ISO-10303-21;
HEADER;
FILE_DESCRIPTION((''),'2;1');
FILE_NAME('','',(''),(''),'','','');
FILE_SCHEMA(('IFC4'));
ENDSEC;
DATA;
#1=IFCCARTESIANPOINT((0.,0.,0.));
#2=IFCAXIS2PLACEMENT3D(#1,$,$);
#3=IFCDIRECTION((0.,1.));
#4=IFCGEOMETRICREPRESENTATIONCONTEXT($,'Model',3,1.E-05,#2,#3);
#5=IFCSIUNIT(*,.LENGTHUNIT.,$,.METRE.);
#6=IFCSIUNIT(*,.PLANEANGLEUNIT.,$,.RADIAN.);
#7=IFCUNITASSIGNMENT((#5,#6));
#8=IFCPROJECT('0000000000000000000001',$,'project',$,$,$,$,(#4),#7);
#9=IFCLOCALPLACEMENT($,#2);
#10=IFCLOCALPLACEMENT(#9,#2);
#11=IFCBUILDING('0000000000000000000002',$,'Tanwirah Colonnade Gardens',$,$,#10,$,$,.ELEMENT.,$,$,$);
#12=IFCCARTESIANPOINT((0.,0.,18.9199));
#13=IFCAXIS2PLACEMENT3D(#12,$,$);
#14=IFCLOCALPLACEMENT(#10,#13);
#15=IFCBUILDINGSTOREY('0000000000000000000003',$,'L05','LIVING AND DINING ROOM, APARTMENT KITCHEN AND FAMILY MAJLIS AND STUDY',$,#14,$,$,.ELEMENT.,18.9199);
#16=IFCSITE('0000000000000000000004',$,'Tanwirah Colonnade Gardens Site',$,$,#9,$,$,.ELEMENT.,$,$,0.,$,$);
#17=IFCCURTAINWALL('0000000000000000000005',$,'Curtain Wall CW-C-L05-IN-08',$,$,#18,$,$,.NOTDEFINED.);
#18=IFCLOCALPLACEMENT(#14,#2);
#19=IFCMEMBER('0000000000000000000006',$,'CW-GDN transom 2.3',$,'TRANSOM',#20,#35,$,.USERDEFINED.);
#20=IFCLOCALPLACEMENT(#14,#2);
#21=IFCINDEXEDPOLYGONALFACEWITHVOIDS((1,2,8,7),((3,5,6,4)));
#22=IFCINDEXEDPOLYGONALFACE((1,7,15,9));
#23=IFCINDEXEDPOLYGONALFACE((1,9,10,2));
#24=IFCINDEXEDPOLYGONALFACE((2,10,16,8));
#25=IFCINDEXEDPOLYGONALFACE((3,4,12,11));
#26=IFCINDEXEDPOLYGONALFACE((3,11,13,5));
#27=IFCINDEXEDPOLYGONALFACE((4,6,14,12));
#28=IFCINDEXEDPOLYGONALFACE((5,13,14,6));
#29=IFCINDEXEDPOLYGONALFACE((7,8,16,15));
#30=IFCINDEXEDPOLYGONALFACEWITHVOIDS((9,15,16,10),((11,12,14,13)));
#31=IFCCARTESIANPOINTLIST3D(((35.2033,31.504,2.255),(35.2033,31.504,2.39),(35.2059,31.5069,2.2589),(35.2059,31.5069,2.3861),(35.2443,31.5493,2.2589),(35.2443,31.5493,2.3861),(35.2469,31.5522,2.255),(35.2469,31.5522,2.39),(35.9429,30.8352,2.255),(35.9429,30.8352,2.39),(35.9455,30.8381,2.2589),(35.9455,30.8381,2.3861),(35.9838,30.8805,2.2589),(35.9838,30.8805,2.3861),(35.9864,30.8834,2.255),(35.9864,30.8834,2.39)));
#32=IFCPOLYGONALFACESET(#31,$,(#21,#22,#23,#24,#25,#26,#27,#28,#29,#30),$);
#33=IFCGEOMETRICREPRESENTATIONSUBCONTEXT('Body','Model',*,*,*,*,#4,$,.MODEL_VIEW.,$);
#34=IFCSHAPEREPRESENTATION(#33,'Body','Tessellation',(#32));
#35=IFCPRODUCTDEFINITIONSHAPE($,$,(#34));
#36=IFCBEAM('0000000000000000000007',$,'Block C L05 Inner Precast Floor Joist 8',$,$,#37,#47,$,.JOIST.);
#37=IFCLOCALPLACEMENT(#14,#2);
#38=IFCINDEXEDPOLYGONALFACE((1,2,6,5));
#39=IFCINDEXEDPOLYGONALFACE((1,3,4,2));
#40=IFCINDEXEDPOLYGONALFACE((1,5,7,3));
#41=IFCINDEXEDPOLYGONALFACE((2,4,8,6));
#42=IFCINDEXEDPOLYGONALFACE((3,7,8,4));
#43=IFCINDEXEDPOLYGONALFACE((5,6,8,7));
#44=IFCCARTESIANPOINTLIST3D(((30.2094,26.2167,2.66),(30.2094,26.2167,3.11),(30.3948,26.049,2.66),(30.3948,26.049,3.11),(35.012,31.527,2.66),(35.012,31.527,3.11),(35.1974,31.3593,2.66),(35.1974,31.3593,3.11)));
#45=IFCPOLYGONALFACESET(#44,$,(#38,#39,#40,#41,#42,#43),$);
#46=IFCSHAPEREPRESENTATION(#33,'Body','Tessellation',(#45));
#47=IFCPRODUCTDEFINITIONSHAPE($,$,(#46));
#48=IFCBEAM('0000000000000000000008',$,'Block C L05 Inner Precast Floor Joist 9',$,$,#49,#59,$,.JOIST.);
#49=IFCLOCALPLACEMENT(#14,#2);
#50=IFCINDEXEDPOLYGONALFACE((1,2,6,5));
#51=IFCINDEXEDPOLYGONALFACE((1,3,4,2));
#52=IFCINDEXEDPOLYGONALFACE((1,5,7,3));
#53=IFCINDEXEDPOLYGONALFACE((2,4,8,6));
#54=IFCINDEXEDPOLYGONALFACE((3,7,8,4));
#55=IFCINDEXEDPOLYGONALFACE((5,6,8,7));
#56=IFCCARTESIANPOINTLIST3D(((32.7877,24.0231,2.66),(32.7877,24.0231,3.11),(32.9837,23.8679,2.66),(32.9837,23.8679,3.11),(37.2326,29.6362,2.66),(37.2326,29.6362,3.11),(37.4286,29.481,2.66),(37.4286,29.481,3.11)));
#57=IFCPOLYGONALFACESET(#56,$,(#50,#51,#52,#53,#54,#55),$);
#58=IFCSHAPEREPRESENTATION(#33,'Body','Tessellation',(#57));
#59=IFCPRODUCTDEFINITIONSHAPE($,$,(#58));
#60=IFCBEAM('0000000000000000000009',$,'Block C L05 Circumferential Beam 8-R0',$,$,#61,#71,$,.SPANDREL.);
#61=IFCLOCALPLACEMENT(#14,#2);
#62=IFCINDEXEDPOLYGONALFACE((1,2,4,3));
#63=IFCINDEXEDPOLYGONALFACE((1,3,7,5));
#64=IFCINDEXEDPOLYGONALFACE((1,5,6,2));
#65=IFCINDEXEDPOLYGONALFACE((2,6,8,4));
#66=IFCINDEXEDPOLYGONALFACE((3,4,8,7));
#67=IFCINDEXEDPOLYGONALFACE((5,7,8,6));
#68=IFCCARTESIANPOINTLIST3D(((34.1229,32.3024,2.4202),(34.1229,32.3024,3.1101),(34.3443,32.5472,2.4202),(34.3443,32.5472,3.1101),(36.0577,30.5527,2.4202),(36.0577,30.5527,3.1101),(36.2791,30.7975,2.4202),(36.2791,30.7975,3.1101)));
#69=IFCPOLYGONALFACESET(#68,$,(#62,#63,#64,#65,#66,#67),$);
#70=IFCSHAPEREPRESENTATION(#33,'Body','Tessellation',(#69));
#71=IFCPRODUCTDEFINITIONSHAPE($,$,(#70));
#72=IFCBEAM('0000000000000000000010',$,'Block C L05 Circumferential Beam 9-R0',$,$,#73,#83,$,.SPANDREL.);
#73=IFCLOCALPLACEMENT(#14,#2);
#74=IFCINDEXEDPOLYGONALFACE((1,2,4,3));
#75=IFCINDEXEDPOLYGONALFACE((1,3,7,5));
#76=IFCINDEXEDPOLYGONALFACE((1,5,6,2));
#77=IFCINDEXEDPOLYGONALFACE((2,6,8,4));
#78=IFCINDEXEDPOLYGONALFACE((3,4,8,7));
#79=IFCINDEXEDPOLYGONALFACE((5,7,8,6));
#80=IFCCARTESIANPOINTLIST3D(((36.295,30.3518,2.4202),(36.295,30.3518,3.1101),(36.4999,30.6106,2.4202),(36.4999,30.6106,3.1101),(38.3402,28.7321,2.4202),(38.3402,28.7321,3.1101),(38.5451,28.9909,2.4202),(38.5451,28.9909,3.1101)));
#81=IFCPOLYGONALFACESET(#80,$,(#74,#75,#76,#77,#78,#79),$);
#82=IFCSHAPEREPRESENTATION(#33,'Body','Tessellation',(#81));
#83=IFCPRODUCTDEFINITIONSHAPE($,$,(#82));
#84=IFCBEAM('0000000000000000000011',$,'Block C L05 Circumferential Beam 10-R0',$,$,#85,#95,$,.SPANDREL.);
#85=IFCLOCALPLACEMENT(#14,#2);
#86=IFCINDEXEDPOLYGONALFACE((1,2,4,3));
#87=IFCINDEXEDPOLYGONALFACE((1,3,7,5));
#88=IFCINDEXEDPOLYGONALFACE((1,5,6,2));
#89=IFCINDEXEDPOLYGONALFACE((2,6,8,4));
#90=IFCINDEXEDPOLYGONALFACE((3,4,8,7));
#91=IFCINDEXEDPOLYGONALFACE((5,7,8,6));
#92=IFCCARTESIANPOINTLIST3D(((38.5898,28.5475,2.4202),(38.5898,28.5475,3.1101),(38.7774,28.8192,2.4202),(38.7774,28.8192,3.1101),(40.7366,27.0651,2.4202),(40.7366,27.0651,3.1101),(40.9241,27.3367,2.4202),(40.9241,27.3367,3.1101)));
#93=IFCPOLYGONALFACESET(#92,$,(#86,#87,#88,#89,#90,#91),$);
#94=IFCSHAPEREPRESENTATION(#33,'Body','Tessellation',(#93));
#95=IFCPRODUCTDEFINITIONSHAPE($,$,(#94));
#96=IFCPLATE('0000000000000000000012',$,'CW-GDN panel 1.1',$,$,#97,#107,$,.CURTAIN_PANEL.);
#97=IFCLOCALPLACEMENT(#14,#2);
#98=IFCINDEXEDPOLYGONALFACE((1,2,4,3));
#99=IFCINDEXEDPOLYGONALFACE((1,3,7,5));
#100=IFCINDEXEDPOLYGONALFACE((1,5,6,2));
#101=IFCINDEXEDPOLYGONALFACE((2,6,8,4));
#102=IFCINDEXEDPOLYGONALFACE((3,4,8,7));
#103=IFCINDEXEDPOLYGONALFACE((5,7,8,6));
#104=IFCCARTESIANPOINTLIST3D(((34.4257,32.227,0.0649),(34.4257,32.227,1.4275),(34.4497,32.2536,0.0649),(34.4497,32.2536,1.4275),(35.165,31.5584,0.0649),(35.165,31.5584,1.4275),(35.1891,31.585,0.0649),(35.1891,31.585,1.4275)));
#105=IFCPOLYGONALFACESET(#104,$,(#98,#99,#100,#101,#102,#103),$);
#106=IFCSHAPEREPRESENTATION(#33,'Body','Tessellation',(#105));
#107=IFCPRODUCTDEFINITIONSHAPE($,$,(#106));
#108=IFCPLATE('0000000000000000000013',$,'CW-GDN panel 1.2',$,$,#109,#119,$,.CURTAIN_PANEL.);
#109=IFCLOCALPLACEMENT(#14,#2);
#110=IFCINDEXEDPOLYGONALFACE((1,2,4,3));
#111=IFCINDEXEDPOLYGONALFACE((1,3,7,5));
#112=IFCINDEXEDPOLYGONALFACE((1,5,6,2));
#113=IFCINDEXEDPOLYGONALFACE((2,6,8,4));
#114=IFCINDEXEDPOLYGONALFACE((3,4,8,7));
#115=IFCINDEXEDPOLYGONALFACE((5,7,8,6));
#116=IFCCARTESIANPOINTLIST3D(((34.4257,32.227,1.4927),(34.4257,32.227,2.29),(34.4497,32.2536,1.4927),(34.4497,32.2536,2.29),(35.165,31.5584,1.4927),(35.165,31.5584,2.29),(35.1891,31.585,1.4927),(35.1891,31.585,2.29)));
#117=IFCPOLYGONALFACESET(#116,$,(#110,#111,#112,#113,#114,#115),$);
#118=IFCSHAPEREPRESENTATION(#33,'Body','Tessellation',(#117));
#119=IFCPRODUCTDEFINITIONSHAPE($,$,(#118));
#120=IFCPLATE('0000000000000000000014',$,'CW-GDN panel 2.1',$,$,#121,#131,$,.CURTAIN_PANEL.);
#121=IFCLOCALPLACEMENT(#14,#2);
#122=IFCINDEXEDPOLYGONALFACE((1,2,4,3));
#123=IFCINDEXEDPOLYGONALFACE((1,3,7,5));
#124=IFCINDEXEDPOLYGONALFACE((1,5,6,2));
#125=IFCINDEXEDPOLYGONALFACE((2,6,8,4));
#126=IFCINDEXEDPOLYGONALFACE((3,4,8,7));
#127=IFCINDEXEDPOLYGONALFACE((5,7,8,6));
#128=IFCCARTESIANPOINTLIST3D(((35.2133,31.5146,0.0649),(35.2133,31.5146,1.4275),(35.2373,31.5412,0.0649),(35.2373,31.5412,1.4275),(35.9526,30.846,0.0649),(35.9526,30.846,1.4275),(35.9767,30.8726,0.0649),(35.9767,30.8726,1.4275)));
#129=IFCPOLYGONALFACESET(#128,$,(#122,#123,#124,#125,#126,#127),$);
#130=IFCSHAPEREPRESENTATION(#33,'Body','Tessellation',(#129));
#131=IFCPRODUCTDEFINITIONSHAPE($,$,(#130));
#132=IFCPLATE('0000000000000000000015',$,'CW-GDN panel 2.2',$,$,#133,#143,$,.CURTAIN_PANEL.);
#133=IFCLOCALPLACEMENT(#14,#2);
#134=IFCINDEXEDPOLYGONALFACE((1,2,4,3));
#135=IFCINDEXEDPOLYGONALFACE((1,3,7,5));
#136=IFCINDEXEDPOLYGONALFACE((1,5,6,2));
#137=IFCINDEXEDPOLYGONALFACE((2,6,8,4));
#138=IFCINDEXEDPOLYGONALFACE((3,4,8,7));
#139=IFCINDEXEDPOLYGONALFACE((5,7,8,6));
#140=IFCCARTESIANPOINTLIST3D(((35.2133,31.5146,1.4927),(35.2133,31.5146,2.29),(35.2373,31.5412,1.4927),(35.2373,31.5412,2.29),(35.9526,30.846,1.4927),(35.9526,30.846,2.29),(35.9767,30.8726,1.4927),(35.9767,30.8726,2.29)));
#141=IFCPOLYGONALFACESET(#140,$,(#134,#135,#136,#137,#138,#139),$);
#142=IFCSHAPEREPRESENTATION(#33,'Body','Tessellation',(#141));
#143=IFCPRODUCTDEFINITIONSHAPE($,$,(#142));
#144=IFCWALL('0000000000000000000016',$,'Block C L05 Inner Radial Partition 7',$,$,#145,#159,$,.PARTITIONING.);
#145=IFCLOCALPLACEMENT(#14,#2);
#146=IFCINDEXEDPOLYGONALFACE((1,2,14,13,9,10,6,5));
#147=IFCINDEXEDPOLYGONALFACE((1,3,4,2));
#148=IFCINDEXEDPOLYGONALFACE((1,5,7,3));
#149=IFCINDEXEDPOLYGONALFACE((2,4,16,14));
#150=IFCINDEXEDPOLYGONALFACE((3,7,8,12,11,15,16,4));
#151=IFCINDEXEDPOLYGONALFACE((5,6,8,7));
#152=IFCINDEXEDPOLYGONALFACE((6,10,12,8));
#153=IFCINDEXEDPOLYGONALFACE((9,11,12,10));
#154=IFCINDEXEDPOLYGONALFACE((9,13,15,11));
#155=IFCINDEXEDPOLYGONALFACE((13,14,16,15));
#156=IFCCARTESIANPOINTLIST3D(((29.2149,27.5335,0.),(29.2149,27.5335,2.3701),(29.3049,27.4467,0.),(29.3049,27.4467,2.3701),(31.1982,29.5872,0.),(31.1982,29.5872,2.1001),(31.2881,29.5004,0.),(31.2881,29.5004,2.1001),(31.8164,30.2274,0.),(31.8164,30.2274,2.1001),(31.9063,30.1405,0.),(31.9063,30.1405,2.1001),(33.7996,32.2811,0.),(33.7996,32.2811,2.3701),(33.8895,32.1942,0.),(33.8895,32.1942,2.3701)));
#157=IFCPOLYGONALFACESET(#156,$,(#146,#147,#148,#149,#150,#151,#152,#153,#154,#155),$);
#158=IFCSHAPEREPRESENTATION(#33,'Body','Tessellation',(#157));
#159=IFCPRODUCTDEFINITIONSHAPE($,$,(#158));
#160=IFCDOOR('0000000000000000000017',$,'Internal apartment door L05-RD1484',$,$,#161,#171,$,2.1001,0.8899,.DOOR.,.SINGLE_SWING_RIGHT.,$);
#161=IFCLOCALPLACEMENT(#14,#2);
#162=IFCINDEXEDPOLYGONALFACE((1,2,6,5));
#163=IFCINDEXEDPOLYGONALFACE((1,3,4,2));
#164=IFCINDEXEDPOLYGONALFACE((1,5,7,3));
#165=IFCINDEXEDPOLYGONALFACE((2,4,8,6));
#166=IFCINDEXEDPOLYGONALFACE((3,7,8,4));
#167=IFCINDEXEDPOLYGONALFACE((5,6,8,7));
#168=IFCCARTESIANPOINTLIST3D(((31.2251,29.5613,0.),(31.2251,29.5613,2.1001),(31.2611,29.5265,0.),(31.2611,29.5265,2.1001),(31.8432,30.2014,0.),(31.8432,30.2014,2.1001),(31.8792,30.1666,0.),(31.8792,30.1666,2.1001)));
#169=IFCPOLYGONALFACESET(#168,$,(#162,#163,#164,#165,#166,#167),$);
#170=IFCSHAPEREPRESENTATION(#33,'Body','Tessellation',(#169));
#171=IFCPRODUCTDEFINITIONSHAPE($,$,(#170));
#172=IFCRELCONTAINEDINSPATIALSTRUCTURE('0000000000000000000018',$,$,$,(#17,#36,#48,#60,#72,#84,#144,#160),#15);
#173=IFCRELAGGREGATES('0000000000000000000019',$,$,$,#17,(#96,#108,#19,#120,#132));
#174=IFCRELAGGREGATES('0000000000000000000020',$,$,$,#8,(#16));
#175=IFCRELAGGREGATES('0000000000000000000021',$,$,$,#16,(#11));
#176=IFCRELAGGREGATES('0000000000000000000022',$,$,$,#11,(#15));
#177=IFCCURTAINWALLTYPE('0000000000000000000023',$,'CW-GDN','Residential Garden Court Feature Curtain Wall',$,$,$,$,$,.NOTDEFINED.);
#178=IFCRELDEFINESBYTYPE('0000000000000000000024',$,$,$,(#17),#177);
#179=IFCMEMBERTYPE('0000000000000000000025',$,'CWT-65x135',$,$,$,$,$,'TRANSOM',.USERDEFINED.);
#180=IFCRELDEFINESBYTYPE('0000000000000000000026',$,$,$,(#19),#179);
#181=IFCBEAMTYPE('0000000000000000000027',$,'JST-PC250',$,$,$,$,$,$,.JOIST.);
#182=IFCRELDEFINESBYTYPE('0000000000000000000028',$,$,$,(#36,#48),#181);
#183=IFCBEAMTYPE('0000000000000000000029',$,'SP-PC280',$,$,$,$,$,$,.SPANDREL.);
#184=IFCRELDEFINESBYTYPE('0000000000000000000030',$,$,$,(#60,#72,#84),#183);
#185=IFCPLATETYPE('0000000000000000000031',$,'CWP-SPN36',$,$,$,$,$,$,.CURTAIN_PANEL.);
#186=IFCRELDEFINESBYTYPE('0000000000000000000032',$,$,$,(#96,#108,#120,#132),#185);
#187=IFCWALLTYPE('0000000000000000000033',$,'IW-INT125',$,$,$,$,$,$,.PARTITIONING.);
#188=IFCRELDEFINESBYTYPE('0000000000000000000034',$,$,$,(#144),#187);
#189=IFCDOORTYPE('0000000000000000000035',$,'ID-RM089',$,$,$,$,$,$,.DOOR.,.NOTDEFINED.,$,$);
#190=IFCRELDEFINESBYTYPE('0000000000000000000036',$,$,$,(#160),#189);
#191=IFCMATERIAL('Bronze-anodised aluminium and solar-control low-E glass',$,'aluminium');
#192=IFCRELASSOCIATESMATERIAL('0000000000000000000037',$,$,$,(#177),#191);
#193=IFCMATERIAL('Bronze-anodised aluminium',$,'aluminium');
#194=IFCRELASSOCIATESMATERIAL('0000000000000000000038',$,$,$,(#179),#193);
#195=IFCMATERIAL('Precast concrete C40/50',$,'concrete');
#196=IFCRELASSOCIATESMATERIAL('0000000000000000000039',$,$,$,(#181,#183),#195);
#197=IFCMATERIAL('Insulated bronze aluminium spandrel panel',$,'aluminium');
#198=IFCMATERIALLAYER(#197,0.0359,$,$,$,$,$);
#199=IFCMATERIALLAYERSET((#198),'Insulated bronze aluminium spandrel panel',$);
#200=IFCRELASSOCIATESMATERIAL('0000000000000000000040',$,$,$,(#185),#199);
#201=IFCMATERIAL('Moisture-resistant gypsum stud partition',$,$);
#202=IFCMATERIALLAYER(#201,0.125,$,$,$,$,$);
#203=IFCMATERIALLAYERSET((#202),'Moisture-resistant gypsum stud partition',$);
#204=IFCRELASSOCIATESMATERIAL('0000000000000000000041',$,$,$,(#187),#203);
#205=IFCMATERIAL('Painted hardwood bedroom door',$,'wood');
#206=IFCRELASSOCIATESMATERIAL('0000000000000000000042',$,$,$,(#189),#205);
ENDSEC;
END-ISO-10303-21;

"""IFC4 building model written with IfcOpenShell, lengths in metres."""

from ifc_helpers import new_model, si_unit, direction, frame, frame_2d, origin, origin_2d, place, context, subcontext, project, spatial, rectangle, hollow_rectangle, extrude, material, layer, layer_set, material_profile, profile_set, type_object, element, fill, aggregate, save


model = new_model("IFC4")

# Units and contexts
model_context = context("Model", 3, precision=1e-05, world=origin(), true_north=direction((0.0, 1.0)))
body_context = subcontext(model_context, "Body", "Model", "MODEL_VIEW")
ifc_project = project(units=[si_unit("LENGTHUNIT", "METRE"), si_unit("PLANEANGLEUNIT", "RADIAN")], contexts=[model_context])

# Site, building, storey
site_placement = place(None, origin())
site = spatial("IfcSite", under=ifc_project, at=site_placement, Name="Tanwirah Colonnade Gardens Site", CompositionType="ELEMENT", RefElevation=0.0)
building_placement = place(site_placement, origin())
building = spatial("IfcBuilding", under=site, at=building_placement, Name="Tanwirah Colonnade Gardens", CompositionType="ELEMENT")
storey_placement = place(building_placement, frame((0.0, 0.0, 18.9199)))
storey = spatial("IfcBuildingStorey", under=building, at=storey_placement, Name="L05", Description="LIVING AND DINING ROOM, APARTMENT KITCHEN AND FAMILY MAJLIS AND STUDY", CompositionType="ELEMENT", Elevation=18.9199)

# Shared definitions
ifc_material_1 = material(Name="Precast concrete C40/50", Category="concrete")

# Curtain wall, member
ifc_material_2 = material(Name="Bronze-anodised aluminium and solar-control low-E glass", Category="aluminium")
curtain_wall_type = type_object("IfcCurtainWallType", Name="CW-GDN", Description="Residential Garden Court Feature Curtain Wall", PredefinedType="NOTDEFINED", material=ifc_material_2)
curtain_wall_placement = place(storey_placement, origin())
curtain_wall = element("IfcCurtainWall", 1, at=curtain_wall_placement, inside=storey, type_object=curtain_wall_type, Name="Curtain Wall CW-C-L05-IN-08", PredefinedType="NOTDEFINED")
ifc_material_3 = material(Name="Bronze-anodised aluminium", Category="aluminium")
ifc_material_profile_1 = material_profile(ifc_material_3, hollow_rectangle(XDim=0.0649, YDim=0.135, WallThickness=0.0039, at=origin_2d()), Name="CW-TRN 65x135x4")
ifc_profile_set_1 = profile_set([ifc_material_profile_1], Name="Bronze-anodised aluminium")
member_type_1 = type_object("IfcMemberType", Name="CWT-65x135", ElementType="TRANSOM", PredefinedType="USERDEFINED", material=ifc_profile_set_1)
member_1_placement = place(storey_placement, frame((35.2251, 31.5281, 2.3225), z_axis=(0.741721, -0.670708, 0.0), x_axis=(0.670708, 0.741721, 0.0)))
member_1 = element("IfcMember", 2, at=member_1_placement, type_object=member_type_1, Name="CW-GDN transom 2.3", ObjectType="TRANSOM", PredefinedType="USERDEFINED", context=body_context, shape_type="SweptSolid", body=[
    extrude(hollow_rectangle(XDim=0.0649, YDim=0.135, WallThickness=0.0039, at=origin_2d()), origin(), (0.0, 0.0, 1.0), 0.9971),
])

# Beams
ifc_material_profile_2 = material_profile(ifc_material_1, rectangle(XDim=0.25, YDim=0.45, at=origin_2d()), Name="PC-JST 250x450")
ifc_profile_set_2 = profile_set([ifc_material_profile_2], Name="Precast concrete C40/50")
beam_type_1 = type_object("IfcBeamType", Name="JST-PC250", PredefinedType="JOIST", material=ifc_profile_set_2)
for number, where, z_axis, x_axis, name in (
    (3, (35.1047, 31.4431, 2.885), (-0.670773, -0.741663, 0.0), (0.741663, -0.670773, 0.0), "Block C L05 Inner Precast Floor Joist 8"),
    (4, (37.3306, 29.5586, 2.885), (-0.620803, -0.783966, 0.0), (0.783966, -0.620803, 0.0), "Block C L05 Inner Precast Floor Joist 9"),
):
    element("IfcBeam", number, at=place(storey_placement, frame(where, z_axis=z_axis, x_axis=x_axis)), inside=storey, type_object=beam_type_1, Name=name, PredefinedType="JOIST", context=body_context, shape_type="SweptSolid", body=[
        extrude(rectangle(XDim=0.25, YDim=0.45, at=origin_2d()), origin(), (0.0, 0.0, 1.0), 7.1599),
    ])
ifc_material_profile_3 = material_profile(ifc_material_1, rectangle(XDim=0.3301, YDim=0.6899, at=origin_2d()), Name="PC-SP 330x690")
ifc_profile_set_3 = profile_set([ifc_material_profile_3], Name="Precast concrete C40/50")
beam_type_2 = type_object("IfcBeamType", Name="SP-PC280", PredefinedType="SPANDREL", material=ifc_profile_set_3)
beam_placement = place(storey_placement, frame((34.2336, 32.4248, 2.7651), z_axis=(0.741687, -0.670747, 0.0), x_axis=(0.670747, 0.741687, 0.0)))
element("IfcBeam", 5, at=beam_placement, inside=storey, type_object=beam_type_2, Name="Block C L05 Circumferential Beam 8-R0", PredefinedType="SPANDREL", context=body_context, shape_type="SweptSolid", body=[
    extrude(rectangle(XDim=0.3301, YDim=0.6899, at=origin_2d()), origin(), (0.0, 0.0, 1.0), 2.6086),
])
for number, where, z_axis, x_axis, name in (
    (6, (36.3975, 30.4812, 2.7651), (0.783945, -0.62083, 0.0), (0.62083, 0.783945, 0.0), "Block C L05 Circumferential Beam 9-R0"),
    (7, (38.6836, 28.6833, 2.7651), (0.822869, -0.568231, 0.0), (0.568231, 0.822869, 0.0), "Block C L05 Circumferential Beam 10-R0"),
):
    element("IfcBeam", number, at=place(storey_placement, frame(where, z_axis=z_axis, x_axis=x_axis)), inside=storey, type_object=beam_type_2, Name=name, PredefinedType="SPANDREL", context=body_context, shape_type="SweptSolid", body=[
        extrude(rectangle(XDim=0.3301, YDim=0.6899, at=origin_2d()), origin(), (0.0, 0.0, 1.0), 2.6089),
    ])

# Plates
ifc_material_4 = material(Name="Insulated bronze aluminium spandrel panel", Category="aluminium")
ifc_layer_1 = layer(ifc_material_4, 0.0359)
ifc_layer_set_1 = layer_set([ifc_layer_1], Name="Insulated bronze aluminium spandrel panel")
plate_type = type_object("IfcPlateType", Name="CWP-SPN36", PredefinedType="CURTAIN_PANEL", material=ifc_layer_set_1)
plate_1_placement = place(storey_placement, frame((34.8074, 31.906, 0.0649), z_axis=(0.0, 0.0, 1.0), x_axis=(0.741683, -0.670751, 0.0)))
plate_1 = element("IfcPlate", 8, at=plate_1_placement, type_object=plate_type, Name="CW-GDN panel 1.1", PredefinedType="CURTAIN_PANEL", context=body_context, shape_type="SweptSolid", body=[
    extrude(rectangle(XDim=0.9968, YDim=0.0359, at=origin_2d()), origin(), (0.0, 0.0, 1.0), 1.3625),
])
plate_2_placement = place(storey_placement, frame((34.8074, 31.906, 1.4927), z_axis=(0.0, 0.0, 1.0), x_axis=(0.741683, -0.670751, 0.0)))
plate_2 = element("IfcPlate", 9, at=plate_2_placement, type_object=plate_type, Name="CW-GDN panel 1.2", PredefinedType="CURTAIN_PANEL", context=body_context, shape_type="SweptSolid", body=[
    extrude(rectangle(XDim=0.9968, YDim=0.0359, at=origin_2d()), origin(), (0.0, 0.0, 1.0), 0.7974),
])
plate_3_placement = place(storey_placement, frame((35.595, 31.1936, 0.0649), z_axis=(0.0, 0.0, 1.0), x_axis=(0.741683, -0.670751, 0.0)))
plate_3 = element("IfcPlate", 10, at=plate_3_placement, type_object=plate_type, Name="CW-GDN panel 2.1", PredefinedType="CURTAIN_PANEL", context=body_context, shape_type="SweptSolid", body=[
    extrude(rectangle(XDim=0.9968, YDim=0.0359, at=origin_2d()), origin(), (0.0, 0.0, 1.0), 1.3625),
])
plate_4_placement = place(storey_placement, frame((35.595, 31.1936, 1.4927), z_axis=(0.0, 0.0, 1.0), x_axis=(0.741683, -0.670751, 0.0)))
plate_4 = element("IfcPlate", 11, at=plate_4_placement, type_object=plate_type, Name="CW-GDN panel 2.2", PredefinedType="CURTAIN_PANEL", context=body_context, shape_type="SweptSolid", body=[
    extrude(rectangle(XDim=0.9968, YDim=0.0359, at=origin_2d()), origin(), (0.0, 0.0, 1.0), 0.7974),
])
aggregate(curtain_wall, [plate_1, plate_2, member_1, plate_3, plate_4])

# Wall, opening, door
ifc_material_5 = material(Name="Moisture-resistant gypsum stud partition")
ifc_layer_2 = layer(ifc_material_5, 0.125)
ifc_layer_set_2 = layer_set([ifc_layer_2], Name="Moisture-resistant gypsum stud partition")
wall_type = type_object("IfcWallType", Name="IW-INT125", PredefinedType="PARTITIONING", material=ifc_layer_set_2)
wall_1_placement = place(storey_placement, frame((33.8445, 32.2375, 0.0), z_axis=(0.0, 0.0, 1.0), x_axis=(-0.694663, -0.719336, 0.0)))
wall_1 = element("IfcWall", 12, at=wall_1_placement, inside=storey, type_object=wall_type, Name="Block C L05 Inner Radial Partition 7", PredefinedType="PARTITIONING", context=body_context, shape_type="SweptSolid", body=[
    extrude(rectangle(XDim=6.5999, YDim=0.125, at=frame_2d((3.2998, 0.0))), origin(), (0.0, 0.0, 1.0), 2.3701),
])
opening_1_placement = place(wall_1_placement, frame((2.855, 0.0, 0.0)))
opening_1 = element("IfcOpeningElement", 13, at=opening_1_placement, cuts=wall_1, PredefinedType="OPENING", context=body_context, shape_type="SweptSolid", body=[
    extrude(rectangle(XDim=0.8899, YDim=2.1001, at=frame_2d((0.4448, 1.05))), frame((0.0, 0.0725, 0.0), z_axis=(0.0, -1.0, 0.0), x_axis=(1.0, 0.0, 0.0)), (0.0, 0.0, 1.0), 0.145),
])
ifc_material_6 = material(Name="Painted hardwood bedroom door", Category="wood")
door_type_1 = type_object("IfcDoorType", Name="ID-RM089", OperationType="NOTDEFINED", PredefinedType="DOOR", material=ifc_material_6)
door_1_placement = place(opening_1_placement, origin())
door_1 = element("IfcDoor", 14, at=door_1_placement, inside=storey, type_object=door_type_1, Name="Internal apartment door L05-RD1484", OperationType="SINGLE_SWING_RIGHT", OverallHeight=2.1001, OverallWidth=0.8899, PredefinedType="DOOR", context=body_context, shape_type="SweptSolid", body=[
    extrude(rectangle(XDim=0.8899, YDim=2.1001, at=frame_2d((0.4448, 1.05))), frame((0.0, 0.0249, 0.0), z_axis=(0.0, -1.0, 0.0), x_axis=(1.0, 0.0, 0.0)), (0.0, 0.0, 1.0), 0.05),
])
fill(opening_1, door_1)

save(model, "model.ifc")
